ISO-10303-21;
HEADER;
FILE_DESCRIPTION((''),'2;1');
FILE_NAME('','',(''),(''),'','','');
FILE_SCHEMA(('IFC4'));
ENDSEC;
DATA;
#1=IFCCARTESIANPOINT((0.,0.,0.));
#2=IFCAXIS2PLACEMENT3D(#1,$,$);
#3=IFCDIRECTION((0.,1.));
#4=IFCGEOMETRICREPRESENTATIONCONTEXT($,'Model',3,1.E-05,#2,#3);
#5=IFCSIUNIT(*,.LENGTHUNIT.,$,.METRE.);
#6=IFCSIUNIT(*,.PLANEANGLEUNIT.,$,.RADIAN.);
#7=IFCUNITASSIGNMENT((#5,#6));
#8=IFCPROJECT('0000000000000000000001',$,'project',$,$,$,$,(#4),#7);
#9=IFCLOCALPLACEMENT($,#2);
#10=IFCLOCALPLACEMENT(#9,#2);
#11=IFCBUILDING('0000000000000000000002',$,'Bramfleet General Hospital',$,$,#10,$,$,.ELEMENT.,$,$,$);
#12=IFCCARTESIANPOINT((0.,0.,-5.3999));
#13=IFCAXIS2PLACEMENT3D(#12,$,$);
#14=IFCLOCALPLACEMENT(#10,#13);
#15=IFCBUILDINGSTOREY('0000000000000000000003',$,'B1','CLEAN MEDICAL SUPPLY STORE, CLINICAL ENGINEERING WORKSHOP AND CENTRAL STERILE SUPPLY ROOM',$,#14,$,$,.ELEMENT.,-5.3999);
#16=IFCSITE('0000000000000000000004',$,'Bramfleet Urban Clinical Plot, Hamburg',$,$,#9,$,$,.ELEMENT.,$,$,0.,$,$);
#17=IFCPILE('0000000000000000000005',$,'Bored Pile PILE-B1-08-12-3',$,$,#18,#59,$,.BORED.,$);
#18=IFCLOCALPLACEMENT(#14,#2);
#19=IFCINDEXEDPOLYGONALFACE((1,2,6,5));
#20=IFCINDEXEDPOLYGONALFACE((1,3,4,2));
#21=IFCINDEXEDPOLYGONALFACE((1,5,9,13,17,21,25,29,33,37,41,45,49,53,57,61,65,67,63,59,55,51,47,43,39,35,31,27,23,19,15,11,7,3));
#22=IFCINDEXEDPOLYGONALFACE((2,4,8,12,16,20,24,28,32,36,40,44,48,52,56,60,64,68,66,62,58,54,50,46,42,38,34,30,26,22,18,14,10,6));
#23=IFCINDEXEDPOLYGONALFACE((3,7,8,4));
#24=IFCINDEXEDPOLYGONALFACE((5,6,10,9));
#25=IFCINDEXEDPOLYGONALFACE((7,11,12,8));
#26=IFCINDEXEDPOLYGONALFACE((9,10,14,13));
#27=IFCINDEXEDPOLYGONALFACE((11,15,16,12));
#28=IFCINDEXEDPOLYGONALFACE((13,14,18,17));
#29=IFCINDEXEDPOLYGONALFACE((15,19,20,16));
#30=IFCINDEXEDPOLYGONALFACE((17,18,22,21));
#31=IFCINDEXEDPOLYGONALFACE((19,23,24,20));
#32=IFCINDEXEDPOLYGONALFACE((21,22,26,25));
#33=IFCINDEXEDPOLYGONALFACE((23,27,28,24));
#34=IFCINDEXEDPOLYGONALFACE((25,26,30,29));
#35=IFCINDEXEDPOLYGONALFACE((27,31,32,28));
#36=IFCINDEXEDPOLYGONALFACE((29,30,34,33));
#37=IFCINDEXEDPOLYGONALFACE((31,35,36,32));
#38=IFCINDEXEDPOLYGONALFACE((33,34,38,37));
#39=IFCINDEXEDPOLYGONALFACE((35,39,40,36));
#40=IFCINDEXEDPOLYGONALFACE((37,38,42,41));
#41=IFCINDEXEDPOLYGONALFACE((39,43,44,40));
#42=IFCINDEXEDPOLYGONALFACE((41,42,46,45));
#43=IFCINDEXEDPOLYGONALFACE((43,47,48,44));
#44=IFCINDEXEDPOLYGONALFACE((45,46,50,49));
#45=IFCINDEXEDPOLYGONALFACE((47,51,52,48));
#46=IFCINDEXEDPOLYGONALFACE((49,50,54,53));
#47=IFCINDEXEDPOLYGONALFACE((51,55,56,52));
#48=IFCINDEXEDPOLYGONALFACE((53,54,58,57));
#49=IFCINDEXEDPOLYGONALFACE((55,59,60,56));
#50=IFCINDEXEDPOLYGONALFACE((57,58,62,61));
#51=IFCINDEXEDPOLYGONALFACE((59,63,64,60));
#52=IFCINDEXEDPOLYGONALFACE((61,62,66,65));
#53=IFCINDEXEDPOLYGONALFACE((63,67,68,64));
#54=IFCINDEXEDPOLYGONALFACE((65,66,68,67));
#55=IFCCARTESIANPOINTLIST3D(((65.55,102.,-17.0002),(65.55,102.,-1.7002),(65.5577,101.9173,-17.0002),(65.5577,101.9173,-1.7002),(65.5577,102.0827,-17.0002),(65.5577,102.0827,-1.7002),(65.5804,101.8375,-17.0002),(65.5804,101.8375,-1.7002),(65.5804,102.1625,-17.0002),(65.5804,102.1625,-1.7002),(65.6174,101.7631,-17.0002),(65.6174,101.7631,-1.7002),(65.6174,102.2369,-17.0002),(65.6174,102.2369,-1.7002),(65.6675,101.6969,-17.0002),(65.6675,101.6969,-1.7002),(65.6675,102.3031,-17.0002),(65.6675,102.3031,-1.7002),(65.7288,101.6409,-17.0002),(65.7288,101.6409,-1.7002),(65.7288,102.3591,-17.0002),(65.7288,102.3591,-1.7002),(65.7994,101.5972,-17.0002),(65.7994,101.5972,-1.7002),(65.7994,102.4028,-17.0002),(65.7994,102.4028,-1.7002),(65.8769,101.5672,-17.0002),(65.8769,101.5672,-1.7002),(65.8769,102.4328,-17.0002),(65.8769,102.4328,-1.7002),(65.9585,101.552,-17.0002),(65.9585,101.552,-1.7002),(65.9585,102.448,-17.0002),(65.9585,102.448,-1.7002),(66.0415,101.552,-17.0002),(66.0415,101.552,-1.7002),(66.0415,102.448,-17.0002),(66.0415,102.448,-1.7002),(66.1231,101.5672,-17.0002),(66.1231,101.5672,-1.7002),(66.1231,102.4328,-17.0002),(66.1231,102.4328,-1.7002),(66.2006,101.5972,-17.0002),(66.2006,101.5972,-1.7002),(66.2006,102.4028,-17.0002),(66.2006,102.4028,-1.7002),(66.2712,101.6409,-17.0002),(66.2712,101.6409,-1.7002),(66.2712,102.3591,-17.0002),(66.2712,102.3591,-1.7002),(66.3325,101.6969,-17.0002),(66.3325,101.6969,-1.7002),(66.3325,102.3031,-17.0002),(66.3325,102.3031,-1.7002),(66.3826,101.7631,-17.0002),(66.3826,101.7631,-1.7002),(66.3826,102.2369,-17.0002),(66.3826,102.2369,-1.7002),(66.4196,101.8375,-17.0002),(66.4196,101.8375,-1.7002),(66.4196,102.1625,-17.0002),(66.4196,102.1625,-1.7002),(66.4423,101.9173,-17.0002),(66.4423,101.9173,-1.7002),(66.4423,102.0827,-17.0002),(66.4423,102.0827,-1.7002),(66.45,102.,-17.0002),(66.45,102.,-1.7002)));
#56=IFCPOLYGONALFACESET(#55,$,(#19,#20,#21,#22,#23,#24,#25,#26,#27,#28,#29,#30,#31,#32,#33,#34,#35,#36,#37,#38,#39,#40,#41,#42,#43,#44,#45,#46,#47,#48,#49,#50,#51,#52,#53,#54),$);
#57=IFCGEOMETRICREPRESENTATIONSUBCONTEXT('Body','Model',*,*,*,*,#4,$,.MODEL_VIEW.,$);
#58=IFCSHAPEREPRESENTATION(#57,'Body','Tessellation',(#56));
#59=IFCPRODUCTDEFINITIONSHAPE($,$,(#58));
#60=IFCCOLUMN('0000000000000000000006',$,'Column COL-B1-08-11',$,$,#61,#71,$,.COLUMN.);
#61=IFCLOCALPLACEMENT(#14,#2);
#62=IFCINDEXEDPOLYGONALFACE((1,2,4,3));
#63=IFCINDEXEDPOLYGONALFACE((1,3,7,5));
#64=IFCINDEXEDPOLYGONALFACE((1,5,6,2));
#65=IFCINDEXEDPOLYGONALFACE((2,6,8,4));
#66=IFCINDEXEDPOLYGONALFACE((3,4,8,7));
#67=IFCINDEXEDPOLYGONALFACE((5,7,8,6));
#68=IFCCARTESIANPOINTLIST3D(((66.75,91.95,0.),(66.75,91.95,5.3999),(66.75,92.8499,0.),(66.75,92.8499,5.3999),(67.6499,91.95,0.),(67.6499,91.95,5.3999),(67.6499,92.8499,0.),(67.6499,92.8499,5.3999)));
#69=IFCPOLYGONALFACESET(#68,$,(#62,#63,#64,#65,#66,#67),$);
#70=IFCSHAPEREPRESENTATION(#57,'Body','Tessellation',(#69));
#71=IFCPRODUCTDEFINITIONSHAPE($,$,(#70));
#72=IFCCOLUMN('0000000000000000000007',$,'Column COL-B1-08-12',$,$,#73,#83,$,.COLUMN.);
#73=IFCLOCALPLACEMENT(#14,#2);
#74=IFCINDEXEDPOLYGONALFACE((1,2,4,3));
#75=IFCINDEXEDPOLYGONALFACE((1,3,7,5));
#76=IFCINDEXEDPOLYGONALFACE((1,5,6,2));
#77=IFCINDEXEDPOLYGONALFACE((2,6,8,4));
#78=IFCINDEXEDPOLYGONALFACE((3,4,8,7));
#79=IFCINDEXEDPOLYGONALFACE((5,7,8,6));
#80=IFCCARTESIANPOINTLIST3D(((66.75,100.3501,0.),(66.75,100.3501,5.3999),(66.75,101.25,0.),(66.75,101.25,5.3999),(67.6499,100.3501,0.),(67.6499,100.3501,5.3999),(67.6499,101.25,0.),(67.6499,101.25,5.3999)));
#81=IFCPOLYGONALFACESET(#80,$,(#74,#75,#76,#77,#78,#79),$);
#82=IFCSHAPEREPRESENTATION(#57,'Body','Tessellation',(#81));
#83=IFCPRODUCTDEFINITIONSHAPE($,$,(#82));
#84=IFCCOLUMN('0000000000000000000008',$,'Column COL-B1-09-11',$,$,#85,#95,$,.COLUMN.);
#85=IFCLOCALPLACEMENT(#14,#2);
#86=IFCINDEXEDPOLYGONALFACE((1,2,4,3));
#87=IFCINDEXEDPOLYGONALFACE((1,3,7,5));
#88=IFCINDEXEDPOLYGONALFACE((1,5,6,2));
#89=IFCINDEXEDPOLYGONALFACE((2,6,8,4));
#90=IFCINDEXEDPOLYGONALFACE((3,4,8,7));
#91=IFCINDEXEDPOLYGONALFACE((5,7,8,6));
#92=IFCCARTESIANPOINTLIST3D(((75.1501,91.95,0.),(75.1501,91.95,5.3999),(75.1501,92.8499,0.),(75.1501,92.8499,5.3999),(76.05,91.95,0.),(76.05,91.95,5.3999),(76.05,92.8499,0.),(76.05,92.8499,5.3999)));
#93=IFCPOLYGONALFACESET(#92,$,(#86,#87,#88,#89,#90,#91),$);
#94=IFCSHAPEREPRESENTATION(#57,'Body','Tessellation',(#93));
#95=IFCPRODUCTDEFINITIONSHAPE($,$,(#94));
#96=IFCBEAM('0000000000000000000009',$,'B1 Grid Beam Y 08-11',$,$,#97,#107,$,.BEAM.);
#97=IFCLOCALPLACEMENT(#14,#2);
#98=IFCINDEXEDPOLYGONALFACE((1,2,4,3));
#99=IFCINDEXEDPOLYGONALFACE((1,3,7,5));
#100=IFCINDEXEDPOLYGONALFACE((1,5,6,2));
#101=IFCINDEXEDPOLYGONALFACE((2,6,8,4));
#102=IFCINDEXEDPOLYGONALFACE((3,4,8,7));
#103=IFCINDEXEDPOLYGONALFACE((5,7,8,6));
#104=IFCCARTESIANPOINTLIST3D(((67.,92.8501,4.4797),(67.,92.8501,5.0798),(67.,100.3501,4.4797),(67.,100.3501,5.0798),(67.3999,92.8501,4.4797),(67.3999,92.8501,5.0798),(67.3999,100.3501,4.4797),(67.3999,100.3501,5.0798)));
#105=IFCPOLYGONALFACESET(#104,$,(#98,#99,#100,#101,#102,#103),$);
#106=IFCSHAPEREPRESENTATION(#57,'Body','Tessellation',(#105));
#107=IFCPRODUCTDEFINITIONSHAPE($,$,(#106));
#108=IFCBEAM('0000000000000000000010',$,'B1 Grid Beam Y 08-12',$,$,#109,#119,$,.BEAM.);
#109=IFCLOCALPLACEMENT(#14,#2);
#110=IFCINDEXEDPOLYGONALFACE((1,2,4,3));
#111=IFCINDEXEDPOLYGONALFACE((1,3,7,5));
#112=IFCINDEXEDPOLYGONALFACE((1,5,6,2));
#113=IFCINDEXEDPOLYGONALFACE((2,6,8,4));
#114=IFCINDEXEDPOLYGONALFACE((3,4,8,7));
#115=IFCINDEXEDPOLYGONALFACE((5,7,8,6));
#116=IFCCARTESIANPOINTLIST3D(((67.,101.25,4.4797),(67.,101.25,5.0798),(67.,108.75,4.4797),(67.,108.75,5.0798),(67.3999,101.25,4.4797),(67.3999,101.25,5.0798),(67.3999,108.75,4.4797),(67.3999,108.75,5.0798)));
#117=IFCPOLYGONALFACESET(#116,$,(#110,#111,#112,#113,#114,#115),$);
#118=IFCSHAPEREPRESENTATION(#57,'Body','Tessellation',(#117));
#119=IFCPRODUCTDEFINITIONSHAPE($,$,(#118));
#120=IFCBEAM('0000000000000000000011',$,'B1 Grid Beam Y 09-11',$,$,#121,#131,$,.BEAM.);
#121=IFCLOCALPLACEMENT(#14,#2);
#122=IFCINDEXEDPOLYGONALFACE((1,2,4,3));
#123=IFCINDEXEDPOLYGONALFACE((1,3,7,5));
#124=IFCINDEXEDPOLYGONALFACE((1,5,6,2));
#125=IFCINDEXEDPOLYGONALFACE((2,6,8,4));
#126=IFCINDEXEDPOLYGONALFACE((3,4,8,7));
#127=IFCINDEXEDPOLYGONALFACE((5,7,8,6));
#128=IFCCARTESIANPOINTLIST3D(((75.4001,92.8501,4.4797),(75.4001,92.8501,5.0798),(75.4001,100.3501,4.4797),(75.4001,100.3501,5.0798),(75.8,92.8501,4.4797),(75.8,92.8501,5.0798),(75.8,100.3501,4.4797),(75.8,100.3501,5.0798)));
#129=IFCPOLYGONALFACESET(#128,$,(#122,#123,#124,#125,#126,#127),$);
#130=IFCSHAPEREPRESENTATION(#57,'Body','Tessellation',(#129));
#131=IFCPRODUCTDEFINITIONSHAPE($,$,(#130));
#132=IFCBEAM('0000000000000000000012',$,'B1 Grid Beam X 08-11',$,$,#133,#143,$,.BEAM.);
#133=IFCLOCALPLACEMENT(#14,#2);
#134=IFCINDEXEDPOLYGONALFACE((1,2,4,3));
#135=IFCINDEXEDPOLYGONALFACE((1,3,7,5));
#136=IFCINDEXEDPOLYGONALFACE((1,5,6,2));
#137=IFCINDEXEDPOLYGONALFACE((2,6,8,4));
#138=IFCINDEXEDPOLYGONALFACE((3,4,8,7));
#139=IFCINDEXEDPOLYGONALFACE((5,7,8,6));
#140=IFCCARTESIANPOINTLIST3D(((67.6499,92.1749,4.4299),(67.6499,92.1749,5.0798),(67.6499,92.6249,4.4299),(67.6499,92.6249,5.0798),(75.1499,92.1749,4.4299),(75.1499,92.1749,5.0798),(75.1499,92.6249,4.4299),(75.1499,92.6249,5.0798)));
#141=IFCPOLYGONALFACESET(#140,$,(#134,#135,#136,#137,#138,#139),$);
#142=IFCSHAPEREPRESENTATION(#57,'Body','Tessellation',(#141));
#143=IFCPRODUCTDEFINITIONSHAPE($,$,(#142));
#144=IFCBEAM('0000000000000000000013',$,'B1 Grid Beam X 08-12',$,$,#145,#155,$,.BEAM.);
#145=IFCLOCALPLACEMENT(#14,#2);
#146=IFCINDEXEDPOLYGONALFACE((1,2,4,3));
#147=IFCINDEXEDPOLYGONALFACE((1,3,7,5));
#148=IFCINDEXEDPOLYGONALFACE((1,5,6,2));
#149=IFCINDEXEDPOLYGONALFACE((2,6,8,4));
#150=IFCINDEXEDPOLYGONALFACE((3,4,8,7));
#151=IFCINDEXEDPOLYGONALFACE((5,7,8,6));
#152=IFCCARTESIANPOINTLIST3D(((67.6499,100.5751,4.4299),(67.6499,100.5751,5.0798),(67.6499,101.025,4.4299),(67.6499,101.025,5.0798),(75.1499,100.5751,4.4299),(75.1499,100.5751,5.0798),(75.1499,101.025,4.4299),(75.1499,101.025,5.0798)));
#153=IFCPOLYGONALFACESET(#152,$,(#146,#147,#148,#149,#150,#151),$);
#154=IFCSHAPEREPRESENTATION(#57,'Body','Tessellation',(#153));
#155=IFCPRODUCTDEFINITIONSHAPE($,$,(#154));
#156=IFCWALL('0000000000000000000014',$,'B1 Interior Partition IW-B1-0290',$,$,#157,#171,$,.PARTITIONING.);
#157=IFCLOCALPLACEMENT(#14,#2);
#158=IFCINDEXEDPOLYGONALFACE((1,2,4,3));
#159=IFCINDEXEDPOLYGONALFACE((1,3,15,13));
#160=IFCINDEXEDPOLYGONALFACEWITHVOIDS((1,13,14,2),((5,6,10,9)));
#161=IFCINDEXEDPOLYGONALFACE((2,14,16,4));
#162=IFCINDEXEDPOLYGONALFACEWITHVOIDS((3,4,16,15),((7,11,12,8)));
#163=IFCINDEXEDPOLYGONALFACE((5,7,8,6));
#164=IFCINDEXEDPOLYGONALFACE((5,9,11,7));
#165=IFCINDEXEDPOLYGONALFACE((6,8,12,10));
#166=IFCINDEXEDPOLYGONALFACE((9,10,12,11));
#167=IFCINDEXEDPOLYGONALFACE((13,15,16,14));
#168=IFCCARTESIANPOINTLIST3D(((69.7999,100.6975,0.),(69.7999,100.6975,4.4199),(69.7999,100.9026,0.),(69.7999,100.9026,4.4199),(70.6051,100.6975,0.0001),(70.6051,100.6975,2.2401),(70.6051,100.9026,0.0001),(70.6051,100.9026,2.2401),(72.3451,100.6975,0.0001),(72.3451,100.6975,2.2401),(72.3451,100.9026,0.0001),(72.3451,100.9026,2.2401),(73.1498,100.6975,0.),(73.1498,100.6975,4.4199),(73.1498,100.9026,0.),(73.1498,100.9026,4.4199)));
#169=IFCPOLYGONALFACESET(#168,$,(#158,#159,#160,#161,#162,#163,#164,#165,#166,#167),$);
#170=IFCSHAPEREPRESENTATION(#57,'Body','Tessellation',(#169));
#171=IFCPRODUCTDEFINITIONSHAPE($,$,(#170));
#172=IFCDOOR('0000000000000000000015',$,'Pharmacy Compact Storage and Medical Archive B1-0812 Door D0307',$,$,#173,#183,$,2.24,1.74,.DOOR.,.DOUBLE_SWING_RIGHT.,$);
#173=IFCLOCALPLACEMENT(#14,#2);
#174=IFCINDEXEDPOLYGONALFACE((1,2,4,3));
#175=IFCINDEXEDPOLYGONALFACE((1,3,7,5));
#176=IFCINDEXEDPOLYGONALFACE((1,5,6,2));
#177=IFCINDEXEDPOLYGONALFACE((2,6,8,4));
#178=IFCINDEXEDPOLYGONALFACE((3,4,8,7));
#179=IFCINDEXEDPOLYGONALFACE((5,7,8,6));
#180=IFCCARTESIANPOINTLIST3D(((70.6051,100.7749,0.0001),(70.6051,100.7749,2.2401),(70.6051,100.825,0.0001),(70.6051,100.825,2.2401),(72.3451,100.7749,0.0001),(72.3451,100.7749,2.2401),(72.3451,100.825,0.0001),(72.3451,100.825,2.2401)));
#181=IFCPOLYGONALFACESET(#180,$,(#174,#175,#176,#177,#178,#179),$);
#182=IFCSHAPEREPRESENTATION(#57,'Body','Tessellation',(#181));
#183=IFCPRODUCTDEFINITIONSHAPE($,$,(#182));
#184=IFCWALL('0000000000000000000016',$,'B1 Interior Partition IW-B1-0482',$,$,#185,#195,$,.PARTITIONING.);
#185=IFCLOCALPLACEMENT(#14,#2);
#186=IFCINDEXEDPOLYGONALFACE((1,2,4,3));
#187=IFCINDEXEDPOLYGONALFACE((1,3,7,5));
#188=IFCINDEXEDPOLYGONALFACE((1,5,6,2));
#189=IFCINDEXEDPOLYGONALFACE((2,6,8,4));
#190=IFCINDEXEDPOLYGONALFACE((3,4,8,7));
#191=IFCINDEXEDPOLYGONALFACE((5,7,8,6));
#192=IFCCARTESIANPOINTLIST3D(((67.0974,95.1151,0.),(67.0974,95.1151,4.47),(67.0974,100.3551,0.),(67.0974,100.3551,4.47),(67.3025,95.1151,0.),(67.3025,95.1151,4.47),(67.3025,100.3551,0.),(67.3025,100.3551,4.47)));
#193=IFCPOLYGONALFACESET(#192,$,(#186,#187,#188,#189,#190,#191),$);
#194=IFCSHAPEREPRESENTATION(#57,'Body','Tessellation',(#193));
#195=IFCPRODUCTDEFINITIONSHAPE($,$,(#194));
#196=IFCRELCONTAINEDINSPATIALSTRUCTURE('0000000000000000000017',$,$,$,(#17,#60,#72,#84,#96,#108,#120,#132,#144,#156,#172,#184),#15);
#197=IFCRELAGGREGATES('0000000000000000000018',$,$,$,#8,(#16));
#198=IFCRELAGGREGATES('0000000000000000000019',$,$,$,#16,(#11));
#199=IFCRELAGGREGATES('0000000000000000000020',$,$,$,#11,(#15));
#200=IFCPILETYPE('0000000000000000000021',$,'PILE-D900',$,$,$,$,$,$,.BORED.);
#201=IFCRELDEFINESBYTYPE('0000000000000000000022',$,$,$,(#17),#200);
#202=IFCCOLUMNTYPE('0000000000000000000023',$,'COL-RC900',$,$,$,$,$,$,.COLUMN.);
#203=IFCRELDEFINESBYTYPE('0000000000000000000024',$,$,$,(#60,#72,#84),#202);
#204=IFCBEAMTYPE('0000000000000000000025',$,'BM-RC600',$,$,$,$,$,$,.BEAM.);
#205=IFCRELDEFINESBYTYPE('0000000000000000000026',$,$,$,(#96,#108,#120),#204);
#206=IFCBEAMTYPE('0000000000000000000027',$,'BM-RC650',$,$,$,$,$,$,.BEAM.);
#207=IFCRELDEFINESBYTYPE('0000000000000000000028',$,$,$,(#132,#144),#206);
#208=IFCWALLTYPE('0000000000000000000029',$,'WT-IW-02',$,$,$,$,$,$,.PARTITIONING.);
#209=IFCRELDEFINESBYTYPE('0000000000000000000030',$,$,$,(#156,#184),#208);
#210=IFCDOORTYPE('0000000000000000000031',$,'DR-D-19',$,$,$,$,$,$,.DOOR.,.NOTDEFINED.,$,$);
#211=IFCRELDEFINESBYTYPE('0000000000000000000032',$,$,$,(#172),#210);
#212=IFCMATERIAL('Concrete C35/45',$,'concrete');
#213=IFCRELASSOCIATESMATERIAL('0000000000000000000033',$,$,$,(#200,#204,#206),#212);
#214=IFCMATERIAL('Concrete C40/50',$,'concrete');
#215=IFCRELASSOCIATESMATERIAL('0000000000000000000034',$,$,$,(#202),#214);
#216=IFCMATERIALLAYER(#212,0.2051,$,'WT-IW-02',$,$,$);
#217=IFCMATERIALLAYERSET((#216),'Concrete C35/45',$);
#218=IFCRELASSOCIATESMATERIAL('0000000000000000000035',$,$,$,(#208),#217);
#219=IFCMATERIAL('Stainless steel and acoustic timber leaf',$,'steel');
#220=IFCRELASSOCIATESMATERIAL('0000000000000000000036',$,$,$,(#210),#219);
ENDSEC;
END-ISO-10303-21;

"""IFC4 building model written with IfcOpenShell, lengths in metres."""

from ifc_helpers import new_model, si_unit, direction, frame, frame_2d, origin, origin_2d, place, context, subcontext, project, spatial, rectangle, circle, extrude, material, layer, layer_set, material_profile, profile_set, type_object, element, fill, save


model = new_model("IFC4")

# Units and contexts
model_context = context("Model", 3, precision=1e-05, world=origin(), true_north=direction((0.0, 1.0)))
body_context = subcontext(model_context, "Body", "Model", "MODEL_VIEW")
ifc_project = project(units=[si_unit("LENGTHUNIT", "METRE"), si_unit("PLANEANGLEUNIT", "RADIAN")], contexts=[model_context])

# Site, building, storey
site_placement = place(None, origin())
site = spatial("IfcSite", under=ifc_project, at=site_placement, Name="Bramfleet Urban Clinical Plot, Hamburg", CompositionType="ELEMENT", RefElevation=0.0)
building_placement = place(site_placement, origin())
building = spatial("IfcBuilding", under=site, at=building_placement, Name="Bramfleet General Hospital", CompositionType="ELEMENT")
storey_placement = place(building_placement, frame((0.0, 0.0, -5.3999)))
storey = spatial("IfcBuildingStorey", under=building, at=storey_placement, Name="B1", Description="CLEAN MEDICAL SUPPLY STORE, CLINICAL ENGINEERING WORKSHOP AND CENTRAL STERILE SUPPLY ROOM", CompositionType="ELEMENT", Elevation=-5.3999)

# Shared definitions
ifc_material_1 = material(Name="Concrete C35/45", Category="concrete")

# Pile
ifc_material_profile_1 = material_profile(ifc_material_1, circle(Radius=0.45, at=origin_2d()), Name="PILE BORED D900")
ifc_profile_set_1 = profile_set([ifc_material_profile_1], Name="Concrete C35/45")
pile_type_1 = type_object("IfcPileType", Name="PILE-D900", PredefinedType="BORED", material=ifc_profile_set_1)
for number, where, z_axis, x_axis, name in (
    (1, (66.0, 102.0, -1.7002), (0.0, 0.0, -1.0), (1.0, 0.0, 0.0), "Bored Pile PILE-B1-08-12-3"),
):
    element("IfcPile", number, at=place(storey_placement, frame(where, z_axis=z_axis, x_axis=x_axis)), inside=storey, type_object=pile_type_1, Name=name, PredefinedType="BORED", context=body_context, shape_type="SweptSolid", body=[
        extrude(circle(Radius=0.45, at=origin_2d()), origin(), (0.0, 0.0, 1.0), 15.3),
    ])

# Columns
ifc_material_2 = material(Name="Concrete C40/50", Category="concrete")
ifc_material_profile_2 = material_profile(ifc_material_2, rectangle(XDim=0.8999, YDim=0.8999, at=origin_2d()), Name="RC COL 900x900")
ifc_profile_set_2 = profile_set([ifc_material_profile_2], Name="Concrete C40/50")
column_type = type_object("IfcColumnType", Name="COL-RC900", PredefinedType="COLUMN", material=ifc_profile_set_2)
for number, where, z_axis, x_axis, name in (
    (2, (67.2, 92.3999, 0.0), (0.0, 0.0, 1.0), (1.0, 0.0, 0.0), "Column COL-B1-08-11"),
    (3, (67.2, 100.8, 0.0), (0.0, 0.0, 1.0), (1.0, 0.0, 0.0), "Column COL-B1-08-12"),
    (4, (75.6001, 92.3999, 0.0), (0.0, 0.0, 1.0), (1.0, 0.0, 0.0), "Column COL-B1-09-11"),
):
    element("IfcColumn", number, at=place(storey_placement, frame(where, z_axis=z_axis, x_axis=x_axis)), inside=storey, type_object=column_type, Name=name, PredefinedType="COLUMN", context=body_context, shape_type="SweptSolid", body=[
        extrude(rectangle(XDim=0.8999, YDim=0.8999, at=origin_2d()), origin(), (0.0, 0.0, 1.0), 5.3999),
    ])

# Beams
ifc_material_profile_3 = material_profile(ifc_material_1, rectangle(XDim=0.3999, YDim=0.6001, at=origin_2d()), Name="RC BM 600x400")
ifc_profile_set_3 = profile_set([ifc_material_profile_3], Name="Concrete C35/45")
beam_type_1 = type_object("IfcBeamType", Name="BM-RC600", PredefinedType="BEAM", material=ifc_profile_set_3)
for number, where, z_axis, x_axis, name in (
    (5, (67.2, 92.8501, 4.7798), (0.0, 1.0, 0.0), (-1.0, 0.0, 0.0), "B1 Grid Beam Y 08-11"),
    (6, (67.2, 101.25, 4.7798), (0.0, 1.0, 0.0), (-1.0, 0.0, 0.0), "B1 Grid Beam Y 08-12"),
    (7, (75.6001, 92.8501, 4.7798), (0.0, 1.0, 0.0), (-1.0, 0.0, 0.0), "B1 Grid Beam Y 09-11"),
):
    element("IfcBeam", number, at=place(storey_placement, frame(where, z_axis=z_axis, x_axis=x_axis)), inside=storey, type_object=beam_type_1, Name=name, PredefinedType="BEAM", context=body_context, shape_type="SweptSolid", body=[
        extrude(rectangle(XDim=0.3999, YDim=0.6001, at=origin_2d()), origin(), (0.0, 0.0, 1.0), 7.5),
    ])
ifc_material_profile_4 = material_profile(ifc_material_1, rectangle(XDim=0.45, YDim=0.6499, at=origin_2d()), Name="RC BM 650x450")
ifc_profile_set_4 = profile_set([ifc_material_profile_4], Name="Concrete C35/45")
beam_type_2 = type_object("IfcBeamType", Name="BM-RC650", PredefinedType="BEAM", material=ifc_profile_set_4)
for number, where, z_axis, x_axis, name in (
    (8, (67.6499, 92.3999, 4.7549), (1.0, 0.0, 0.0), (0.0, 1.0, 0.0), "B1 Grid Beam X 08-11"),
    (9, (67.6499, 100.8, 4.7549), (1.0, 0.0, 0.0), (0.0, 1.0, 0.0), "B1 Grid Beam X 08-12"),
):
    element("IfcBeam", number, at=place(storey_placement, frame(where, z_axis=z_axis, x_axis=x_axis)), inside=storey, type_object=beam_type_2, Name=name, PredefinedType="BEAM", context=body_context, shape_type="SweptSolid", body=[
        extrude(rectangle(XDim=0.45, YDim=0.6499, at=origin_2d()), origin(), (0.0, 0.0, 1.0), 7.5),
    ])

# Wall, opening, door
ifc_layer_1 = layer(ifc_material_1, 0.2051, Name="WT-IW-02")
ifc_layer_set_1 = layer_set([ifc_layer_1], Name="Concrete C35/45")
wall_type_1 = type_object("IfcWallType", Name="WT-IW-02", PredefinedType="PARTITIONING", material=ifc_layer_set_1)
wall_1_placement = place(storey_placement, frame((69.8, 100.8, 0.0), z_axis=(0.0, 0.0, 1.0), x_axis=(1.0, 0.0, 0.0)))
wall_1 = element("IfcWall", 10, at=wall_1_placement, inside=storey, type_object=wall_type_1, Name="B1 Interior Partition IW-B1-0290", PredefinedType="PARTITIONING", context=body_context, shape_type="SweptSolid", body=[
    extrude(rectangle(XDim=3.3499, YDim=0.2051, at=frame_2d((1.6748, 0.0))), origin(), (0.0, 0.0, 1.0), 4.4199),
])
opening_placement = place(wall_1_placement, frame((0.8049, 0.0, 0.0)))
opening = element("IfcOpeningElement", 11, at=opening_placement, cuts=wall_1, PredefinedType="OPENING", context=body_context, shape_type="SweptSolid", body=[
    extrude(rectangle(XDim=1.74, YDim=2.24, at=frame_2d((0.8701, 1.1201))), frame((0.0, 0.1125, 0.0), z_axis=(0.0, -1.0, 0.0), x_axis=(1.0, 0.0, 0.0)), (0.0, 0.0, 1.0), 0.2251),
])
ifc_material_3 = material(Name="Stainless steel and acoustic timber leaf", Category="steel")
door_type = type_object("IfcDoorType", Name="DR-D-19", OperationType="NOTDEFINED", PredefinedType="DOOR", material=ifc_material_3)
door_placement = place(opening_placement, origin())
door = element("IfcDoor", 12, at=door_placement, inside=storey, type_object=door_type, Name="Pharmacy Compact Storage and Medical Archive B1-0812 Door D0307", OperationType="DOUBLE_SWING_RIGHT", OverallHeight=2.24, OverallWidth=1.74, PredefinedType="DOOR", context=body_context, shape_type="SweptSolid", body=[
    extrude(rectangle(XDim=1.74, YDim=2.24, at=frame_2d((0.8701, 1.1201))), frame((0.0, 0.0249, 0.0), z_axis=(0.0, -1.0, 0.0), x_axis=(1.0, 0.0, 0.0)), (0.0, 0.0, 1.0), 0.05),
])
fill(opening, door)

# Wall
wall_2_placement = place(storey_placement, frame((67.2, 95.115, 0.0), z_axis=(0.0, 0.0, 1.0), x_axis=(0.0, 1.0, 0.0)))
element("IfcWall", 13, at=wall_2_placement, inside=storey, type_object=wall_type_1, Name="B1 Interior Partition IW-B1-0482", PredefinedType="PARTITIONING", context=body_context, shape_type="SweptSolid", body=[
    extrude(rectangle(XDim=5.24, YDim=0.2051, at=frame_2d((2.6201, 0.0))), origin(), (0.0, 0.0, 1.0), 4.47),
])

save(model, "model.ifc")
